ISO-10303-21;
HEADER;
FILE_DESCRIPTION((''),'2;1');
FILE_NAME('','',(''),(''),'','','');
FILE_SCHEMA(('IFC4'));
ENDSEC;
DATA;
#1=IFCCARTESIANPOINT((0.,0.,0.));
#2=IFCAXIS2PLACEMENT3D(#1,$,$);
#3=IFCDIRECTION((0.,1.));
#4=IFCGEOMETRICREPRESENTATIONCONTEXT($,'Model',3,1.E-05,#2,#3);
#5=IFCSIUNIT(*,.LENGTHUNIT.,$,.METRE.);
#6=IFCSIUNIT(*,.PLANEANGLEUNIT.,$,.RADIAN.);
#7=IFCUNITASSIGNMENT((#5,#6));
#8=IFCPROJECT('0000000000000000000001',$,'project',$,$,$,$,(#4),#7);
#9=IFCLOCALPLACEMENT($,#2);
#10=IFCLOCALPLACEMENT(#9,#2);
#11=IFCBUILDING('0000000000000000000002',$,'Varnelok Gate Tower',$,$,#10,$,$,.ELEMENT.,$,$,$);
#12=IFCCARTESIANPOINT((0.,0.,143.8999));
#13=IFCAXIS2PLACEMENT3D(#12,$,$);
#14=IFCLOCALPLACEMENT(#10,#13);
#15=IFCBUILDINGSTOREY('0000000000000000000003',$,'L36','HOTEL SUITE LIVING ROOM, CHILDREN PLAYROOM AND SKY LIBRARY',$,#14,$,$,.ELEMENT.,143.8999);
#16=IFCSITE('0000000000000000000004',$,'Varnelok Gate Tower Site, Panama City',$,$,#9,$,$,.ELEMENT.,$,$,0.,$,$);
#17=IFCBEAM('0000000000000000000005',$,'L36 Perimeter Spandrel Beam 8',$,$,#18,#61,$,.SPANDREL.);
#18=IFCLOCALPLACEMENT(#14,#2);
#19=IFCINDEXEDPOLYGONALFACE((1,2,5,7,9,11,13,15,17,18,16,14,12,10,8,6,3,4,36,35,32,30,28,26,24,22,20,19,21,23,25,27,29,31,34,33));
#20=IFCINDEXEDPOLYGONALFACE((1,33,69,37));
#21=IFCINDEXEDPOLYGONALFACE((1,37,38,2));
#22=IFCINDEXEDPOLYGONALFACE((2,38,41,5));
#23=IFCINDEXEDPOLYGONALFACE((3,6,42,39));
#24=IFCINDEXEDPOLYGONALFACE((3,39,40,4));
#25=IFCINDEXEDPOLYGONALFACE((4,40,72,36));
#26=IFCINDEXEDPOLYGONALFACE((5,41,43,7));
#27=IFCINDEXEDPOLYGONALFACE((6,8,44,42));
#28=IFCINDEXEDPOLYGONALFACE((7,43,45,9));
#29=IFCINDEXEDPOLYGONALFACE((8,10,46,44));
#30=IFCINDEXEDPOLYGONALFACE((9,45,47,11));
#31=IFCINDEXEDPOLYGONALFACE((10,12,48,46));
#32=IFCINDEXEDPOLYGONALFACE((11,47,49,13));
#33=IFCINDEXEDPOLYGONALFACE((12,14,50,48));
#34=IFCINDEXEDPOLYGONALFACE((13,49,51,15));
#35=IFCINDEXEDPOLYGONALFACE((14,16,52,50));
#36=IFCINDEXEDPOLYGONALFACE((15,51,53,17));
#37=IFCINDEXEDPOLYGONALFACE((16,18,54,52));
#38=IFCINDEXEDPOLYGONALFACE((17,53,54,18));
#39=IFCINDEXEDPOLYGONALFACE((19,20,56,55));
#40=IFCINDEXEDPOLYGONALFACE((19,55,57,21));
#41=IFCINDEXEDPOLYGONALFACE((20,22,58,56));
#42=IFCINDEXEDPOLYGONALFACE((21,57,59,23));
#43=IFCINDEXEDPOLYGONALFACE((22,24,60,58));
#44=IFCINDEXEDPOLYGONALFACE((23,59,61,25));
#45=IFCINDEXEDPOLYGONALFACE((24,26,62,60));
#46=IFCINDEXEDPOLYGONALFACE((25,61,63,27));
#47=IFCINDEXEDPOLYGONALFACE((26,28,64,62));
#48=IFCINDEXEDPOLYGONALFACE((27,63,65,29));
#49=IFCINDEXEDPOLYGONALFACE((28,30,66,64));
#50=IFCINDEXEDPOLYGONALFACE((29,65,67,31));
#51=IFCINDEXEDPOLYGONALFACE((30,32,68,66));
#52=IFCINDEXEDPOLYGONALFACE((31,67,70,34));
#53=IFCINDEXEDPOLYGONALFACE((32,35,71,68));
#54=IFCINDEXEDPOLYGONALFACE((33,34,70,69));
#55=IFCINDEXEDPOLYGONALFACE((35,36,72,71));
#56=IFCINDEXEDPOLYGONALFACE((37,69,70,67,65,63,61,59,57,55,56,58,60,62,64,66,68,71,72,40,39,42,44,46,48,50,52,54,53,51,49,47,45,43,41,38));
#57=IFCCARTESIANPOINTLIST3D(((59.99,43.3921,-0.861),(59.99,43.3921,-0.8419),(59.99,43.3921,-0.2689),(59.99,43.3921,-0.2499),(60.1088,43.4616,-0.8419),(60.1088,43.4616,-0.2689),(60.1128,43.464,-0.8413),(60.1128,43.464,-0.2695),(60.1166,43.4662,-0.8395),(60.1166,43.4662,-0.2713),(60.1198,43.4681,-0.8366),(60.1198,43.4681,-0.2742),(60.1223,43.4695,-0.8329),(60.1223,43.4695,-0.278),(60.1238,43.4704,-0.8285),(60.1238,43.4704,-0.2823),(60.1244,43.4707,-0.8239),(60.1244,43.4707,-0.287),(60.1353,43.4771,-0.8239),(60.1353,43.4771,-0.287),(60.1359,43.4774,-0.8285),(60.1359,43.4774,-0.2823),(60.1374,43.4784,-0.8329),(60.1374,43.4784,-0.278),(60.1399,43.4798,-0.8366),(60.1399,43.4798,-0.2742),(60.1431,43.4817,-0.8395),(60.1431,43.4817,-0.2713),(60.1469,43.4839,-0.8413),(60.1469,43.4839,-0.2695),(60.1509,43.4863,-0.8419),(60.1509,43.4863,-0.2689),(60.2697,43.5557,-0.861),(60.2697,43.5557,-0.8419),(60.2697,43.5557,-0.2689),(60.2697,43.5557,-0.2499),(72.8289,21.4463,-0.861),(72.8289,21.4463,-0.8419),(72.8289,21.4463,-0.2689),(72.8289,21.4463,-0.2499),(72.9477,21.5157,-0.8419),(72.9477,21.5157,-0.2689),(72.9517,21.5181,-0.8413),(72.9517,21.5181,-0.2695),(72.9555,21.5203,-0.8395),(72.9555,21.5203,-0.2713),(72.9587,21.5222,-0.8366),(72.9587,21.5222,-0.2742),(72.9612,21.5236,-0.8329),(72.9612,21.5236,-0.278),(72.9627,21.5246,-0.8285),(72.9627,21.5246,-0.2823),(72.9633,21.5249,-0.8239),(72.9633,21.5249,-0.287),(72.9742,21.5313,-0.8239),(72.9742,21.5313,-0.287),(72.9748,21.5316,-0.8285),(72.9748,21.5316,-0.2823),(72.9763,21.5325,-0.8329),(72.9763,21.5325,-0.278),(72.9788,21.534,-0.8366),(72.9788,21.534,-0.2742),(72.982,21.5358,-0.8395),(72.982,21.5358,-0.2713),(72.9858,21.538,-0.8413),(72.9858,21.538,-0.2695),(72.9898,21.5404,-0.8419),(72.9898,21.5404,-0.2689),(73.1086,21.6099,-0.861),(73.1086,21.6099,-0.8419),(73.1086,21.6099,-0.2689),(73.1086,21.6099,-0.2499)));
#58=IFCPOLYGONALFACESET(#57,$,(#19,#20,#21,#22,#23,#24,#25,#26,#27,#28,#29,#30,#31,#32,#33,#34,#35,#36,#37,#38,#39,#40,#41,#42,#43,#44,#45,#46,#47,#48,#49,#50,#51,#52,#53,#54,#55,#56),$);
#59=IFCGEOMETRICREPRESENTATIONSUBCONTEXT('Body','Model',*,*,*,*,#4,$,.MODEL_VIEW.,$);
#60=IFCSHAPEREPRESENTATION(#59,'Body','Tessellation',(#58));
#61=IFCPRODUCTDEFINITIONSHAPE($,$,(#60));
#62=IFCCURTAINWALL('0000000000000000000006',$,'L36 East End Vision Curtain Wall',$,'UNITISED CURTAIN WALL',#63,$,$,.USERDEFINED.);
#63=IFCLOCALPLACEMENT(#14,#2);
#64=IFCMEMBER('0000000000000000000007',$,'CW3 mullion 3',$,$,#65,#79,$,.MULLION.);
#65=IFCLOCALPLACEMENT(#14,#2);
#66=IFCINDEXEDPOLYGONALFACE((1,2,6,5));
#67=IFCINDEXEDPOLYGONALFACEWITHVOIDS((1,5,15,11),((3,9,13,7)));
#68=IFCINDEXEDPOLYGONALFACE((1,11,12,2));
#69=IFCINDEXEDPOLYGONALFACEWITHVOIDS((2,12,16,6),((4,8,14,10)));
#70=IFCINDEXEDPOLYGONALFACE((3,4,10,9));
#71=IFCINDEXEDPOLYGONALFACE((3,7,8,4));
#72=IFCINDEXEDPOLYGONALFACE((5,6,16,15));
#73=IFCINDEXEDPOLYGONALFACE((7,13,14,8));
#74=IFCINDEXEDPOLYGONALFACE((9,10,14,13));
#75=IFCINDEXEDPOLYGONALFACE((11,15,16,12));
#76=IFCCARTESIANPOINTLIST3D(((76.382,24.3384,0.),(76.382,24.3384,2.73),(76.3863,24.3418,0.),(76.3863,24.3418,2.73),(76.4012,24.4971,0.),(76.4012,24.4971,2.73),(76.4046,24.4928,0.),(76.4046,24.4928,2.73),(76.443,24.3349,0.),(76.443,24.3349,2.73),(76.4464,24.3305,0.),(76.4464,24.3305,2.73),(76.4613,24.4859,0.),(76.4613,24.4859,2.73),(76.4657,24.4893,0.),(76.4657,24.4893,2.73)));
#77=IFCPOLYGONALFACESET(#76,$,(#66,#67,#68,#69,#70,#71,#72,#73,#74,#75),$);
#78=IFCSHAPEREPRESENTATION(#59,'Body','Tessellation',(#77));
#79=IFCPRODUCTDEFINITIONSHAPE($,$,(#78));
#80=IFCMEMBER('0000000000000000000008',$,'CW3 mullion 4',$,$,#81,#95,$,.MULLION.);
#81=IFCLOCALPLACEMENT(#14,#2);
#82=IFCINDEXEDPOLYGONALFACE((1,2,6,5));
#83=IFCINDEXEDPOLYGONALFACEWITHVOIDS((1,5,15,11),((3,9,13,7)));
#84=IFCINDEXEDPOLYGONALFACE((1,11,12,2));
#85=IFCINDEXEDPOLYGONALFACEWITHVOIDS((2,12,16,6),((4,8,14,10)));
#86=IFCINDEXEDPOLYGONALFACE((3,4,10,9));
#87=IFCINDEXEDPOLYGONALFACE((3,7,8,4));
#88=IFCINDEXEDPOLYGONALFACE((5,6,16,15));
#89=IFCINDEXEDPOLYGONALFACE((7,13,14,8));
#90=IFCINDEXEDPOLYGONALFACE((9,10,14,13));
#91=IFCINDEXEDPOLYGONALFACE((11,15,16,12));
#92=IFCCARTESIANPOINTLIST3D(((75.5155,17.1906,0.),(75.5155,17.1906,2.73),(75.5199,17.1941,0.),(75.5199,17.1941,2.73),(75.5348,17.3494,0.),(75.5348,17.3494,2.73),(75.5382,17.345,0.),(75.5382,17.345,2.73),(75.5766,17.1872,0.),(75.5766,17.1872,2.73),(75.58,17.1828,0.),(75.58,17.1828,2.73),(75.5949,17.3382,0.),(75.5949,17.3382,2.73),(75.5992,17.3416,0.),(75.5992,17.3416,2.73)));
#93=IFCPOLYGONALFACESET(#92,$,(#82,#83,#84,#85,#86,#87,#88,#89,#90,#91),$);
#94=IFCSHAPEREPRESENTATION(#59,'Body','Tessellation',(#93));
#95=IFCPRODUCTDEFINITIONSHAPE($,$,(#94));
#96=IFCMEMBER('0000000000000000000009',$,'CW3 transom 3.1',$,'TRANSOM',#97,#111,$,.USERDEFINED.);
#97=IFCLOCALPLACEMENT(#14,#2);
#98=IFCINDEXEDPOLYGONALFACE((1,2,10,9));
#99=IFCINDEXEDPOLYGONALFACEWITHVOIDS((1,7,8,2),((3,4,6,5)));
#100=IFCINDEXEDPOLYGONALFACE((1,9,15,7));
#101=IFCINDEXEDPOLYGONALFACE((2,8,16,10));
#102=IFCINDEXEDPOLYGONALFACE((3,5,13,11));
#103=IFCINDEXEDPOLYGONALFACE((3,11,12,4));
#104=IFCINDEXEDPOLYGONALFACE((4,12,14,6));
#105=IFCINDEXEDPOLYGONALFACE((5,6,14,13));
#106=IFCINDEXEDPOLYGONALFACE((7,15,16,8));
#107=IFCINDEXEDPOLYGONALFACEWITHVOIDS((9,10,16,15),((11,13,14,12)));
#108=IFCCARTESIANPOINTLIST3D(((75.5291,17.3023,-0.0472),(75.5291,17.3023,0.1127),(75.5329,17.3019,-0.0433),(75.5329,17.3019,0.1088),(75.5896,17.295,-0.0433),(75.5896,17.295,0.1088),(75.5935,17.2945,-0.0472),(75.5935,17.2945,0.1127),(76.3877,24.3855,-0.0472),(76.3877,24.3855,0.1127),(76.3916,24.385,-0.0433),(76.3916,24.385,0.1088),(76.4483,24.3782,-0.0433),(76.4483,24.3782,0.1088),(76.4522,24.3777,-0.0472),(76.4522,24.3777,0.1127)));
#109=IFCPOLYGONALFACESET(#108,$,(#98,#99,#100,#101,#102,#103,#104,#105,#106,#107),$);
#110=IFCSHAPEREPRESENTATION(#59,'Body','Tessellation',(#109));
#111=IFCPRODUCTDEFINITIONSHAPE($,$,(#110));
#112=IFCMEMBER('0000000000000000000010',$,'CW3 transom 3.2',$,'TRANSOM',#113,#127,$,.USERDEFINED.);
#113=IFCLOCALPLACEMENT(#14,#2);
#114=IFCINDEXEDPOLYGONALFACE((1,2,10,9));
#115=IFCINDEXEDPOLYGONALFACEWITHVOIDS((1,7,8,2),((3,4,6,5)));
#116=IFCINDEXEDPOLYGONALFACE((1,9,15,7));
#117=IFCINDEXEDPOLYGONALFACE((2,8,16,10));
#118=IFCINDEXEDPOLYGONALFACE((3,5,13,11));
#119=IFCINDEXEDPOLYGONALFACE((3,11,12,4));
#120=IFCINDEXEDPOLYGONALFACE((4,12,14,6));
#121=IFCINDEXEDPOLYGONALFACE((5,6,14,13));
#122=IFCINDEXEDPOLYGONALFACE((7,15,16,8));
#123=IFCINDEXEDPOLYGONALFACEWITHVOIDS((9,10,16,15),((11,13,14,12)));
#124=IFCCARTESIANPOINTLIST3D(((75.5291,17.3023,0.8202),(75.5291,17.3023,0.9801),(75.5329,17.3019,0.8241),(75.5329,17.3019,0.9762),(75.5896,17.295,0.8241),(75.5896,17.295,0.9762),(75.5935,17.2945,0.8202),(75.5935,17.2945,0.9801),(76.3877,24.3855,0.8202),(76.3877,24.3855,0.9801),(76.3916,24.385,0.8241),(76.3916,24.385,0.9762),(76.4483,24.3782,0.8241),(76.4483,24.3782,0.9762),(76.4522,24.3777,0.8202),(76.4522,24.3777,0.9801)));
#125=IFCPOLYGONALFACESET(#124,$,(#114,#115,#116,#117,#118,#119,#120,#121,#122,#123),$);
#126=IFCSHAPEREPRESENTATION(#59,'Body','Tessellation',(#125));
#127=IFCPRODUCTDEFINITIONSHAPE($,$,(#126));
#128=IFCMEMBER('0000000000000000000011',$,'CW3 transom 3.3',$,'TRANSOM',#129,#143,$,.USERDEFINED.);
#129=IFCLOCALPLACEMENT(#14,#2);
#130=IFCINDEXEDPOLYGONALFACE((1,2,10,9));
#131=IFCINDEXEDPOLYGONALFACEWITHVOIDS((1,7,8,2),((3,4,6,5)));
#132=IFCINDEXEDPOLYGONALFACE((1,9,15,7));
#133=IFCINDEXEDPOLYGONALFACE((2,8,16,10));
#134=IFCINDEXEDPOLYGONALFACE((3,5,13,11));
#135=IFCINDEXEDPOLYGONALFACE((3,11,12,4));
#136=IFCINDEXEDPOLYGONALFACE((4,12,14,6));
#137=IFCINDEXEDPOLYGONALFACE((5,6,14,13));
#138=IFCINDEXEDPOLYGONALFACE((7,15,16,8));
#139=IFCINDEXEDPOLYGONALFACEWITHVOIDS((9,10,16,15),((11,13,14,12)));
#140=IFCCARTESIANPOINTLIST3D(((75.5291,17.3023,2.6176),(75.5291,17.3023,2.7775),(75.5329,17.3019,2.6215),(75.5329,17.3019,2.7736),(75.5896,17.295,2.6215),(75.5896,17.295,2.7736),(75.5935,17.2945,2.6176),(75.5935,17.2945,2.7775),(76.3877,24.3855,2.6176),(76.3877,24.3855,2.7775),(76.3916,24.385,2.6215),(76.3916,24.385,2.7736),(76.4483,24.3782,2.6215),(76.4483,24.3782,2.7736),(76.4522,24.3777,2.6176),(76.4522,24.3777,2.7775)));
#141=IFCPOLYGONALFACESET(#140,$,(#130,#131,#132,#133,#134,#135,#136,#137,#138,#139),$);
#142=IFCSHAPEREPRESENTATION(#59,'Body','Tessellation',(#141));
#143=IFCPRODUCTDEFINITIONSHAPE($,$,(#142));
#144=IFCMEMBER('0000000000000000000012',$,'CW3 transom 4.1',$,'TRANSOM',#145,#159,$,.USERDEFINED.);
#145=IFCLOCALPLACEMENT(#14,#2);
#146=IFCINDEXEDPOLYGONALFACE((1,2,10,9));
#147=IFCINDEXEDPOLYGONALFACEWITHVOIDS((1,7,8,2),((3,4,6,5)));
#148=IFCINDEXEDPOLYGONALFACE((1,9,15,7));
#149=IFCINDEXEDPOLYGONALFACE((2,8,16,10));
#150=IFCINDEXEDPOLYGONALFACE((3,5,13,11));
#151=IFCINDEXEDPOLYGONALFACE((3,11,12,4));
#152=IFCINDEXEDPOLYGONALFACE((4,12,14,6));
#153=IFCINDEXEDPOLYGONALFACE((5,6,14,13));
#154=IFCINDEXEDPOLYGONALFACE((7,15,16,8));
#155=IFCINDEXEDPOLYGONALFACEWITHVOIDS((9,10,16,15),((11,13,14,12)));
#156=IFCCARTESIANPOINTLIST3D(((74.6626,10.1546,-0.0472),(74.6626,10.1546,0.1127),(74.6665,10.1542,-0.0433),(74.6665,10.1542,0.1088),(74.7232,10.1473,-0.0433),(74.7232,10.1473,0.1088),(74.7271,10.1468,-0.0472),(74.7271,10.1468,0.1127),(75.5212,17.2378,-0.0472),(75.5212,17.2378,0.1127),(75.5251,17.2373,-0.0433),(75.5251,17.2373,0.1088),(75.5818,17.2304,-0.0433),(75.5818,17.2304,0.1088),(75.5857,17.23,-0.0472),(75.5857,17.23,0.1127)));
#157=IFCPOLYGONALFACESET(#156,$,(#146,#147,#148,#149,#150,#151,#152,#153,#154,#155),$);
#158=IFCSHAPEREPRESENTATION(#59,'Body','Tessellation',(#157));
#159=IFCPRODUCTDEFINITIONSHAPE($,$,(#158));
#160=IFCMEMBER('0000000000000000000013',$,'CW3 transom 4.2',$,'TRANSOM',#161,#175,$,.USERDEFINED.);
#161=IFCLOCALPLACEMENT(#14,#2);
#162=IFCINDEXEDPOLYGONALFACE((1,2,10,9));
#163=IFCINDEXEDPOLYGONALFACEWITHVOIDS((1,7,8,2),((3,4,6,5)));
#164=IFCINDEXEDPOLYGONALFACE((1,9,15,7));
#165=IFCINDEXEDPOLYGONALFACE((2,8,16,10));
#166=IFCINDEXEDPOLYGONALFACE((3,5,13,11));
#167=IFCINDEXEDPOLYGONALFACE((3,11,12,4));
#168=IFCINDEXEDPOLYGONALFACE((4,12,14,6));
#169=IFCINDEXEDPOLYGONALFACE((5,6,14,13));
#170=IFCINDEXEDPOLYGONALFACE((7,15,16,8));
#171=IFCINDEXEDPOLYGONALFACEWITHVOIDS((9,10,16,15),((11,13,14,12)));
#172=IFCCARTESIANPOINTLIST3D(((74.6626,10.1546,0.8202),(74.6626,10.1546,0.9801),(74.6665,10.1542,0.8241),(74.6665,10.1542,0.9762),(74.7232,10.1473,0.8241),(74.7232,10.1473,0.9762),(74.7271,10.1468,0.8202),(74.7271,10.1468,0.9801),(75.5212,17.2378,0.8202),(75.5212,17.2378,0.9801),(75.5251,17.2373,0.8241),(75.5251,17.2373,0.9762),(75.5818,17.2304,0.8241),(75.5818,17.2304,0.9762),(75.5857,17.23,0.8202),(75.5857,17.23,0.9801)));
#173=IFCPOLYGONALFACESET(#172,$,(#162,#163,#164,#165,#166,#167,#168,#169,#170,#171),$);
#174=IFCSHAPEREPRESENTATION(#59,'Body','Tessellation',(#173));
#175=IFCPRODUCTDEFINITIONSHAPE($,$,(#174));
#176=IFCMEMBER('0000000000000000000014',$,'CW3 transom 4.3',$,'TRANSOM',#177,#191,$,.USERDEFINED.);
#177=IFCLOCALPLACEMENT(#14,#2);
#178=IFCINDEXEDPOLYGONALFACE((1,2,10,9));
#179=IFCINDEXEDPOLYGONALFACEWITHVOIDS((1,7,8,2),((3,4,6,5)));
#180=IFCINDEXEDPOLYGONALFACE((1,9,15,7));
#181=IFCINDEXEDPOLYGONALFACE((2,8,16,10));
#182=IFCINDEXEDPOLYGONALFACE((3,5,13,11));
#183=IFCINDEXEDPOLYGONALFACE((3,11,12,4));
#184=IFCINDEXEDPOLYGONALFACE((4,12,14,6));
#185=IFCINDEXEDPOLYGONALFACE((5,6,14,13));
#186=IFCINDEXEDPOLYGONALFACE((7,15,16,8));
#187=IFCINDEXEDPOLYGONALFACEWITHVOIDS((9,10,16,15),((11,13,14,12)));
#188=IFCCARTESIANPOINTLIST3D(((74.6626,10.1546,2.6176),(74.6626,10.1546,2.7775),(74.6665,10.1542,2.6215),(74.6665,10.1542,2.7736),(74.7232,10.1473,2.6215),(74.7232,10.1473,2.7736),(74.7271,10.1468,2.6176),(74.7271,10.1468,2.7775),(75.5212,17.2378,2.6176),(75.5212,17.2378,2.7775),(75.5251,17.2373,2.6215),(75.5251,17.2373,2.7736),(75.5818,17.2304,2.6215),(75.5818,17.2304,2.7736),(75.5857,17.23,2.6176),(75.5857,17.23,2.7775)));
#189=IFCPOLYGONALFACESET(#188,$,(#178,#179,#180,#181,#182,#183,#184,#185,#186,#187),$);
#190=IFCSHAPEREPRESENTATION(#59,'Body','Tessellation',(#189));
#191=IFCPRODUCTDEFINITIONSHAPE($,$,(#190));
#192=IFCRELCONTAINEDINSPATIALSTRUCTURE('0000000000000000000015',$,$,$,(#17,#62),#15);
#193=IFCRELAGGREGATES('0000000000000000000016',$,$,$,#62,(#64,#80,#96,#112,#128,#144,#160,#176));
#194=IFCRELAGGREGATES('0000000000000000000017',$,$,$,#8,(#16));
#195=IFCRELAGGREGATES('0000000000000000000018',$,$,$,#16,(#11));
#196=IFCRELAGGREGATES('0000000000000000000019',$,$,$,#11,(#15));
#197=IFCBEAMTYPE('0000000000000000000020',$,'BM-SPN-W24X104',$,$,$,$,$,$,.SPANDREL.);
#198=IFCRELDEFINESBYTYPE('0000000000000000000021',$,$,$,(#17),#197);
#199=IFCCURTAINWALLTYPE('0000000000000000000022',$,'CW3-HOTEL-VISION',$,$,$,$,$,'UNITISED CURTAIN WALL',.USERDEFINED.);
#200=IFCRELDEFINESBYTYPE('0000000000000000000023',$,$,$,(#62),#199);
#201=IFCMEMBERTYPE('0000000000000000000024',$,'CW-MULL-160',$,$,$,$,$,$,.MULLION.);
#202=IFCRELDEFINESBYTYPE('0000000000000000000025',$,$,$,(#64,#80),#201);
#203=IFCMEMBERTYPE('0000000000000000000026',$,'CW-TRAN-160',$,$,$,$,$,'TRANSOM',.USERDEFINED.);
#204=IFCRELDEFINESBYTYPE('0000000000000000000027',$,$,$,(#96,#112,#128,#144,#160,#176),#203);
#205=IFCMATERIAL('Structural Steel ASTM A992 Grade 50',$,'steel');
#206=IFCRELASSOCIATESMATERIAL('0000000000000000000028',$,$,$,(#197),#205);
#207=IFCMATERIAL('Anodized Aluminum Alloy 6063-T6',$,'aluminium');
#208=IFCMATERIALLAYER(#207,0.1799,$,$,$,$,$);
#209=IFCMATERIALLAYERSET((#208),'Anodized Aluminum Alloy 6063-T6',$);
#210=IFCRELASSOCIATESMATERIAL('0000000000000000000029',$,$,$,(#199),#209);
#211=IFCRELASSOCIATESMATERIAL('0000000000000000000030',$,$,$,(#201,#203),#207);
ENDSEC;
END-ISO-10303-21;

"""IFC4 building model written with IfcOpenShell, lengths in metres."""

from ifc_helpers import new_model, si_unit, direction, frame, origin, origin_2d, place, context, subcontext, project, spatial, hollow_rectangle, i_section, extrude, material, layer, layer_set, material_profile, profile_set, type_object, element, aggregate, save


model = new_model("IFC4")

# Units and contexts
model_context = context("Model", 3, precision=1e-05, world=origin(), true_north=direction((0.0, 1.0)))
body_context = subcontext(model_context, "Body", "Model", "MODEL_VIEW")
ifc_project = project(units=[si_unit("LENGTHUNIT", "METRE"), si_unit("PLANEANGLEUNIT", "RADIAN")], contexts=[model_context])

# Site, building, storey
site_placement = place(None, origin())
site = spatial("IfcSite", under=ifc_project, at=site_placement, Name="Varnelok Gate Tower Site, Panama City", CompositionType="ELEMENT", RefElevation=0.0)
building_placement = place(site_placement, origin())
building = spatial("IfcBuilding", under=site, at=building_placement, Name="Varnelok Gate Tower", CompositionType="ELEMENT")
storey_placement = place(building_placement, frame((0.0, 0.0, 143.8999)))
storey = spatial("IfcBuildingStorey", under=building, at=storey_placement, Name="L36", Description="HOTEL SUITE LIVING ROOM, CHILDREN PLAYROOM AND SKY LIBRARY", CompositionType="ELEMENT", Elevation=143.8999)

# Shared definitions
ifc_material_1 = material(Name="Structural Steel ASTM A992 Grade 50", Category="steel")

# Beam
ifc_material_profile_1 = material_profile(ifc_material_1, i_section(OverallWidth=0.324, OverallDepth=0.6111, WebThickness=0.0127, FlangeThickness=0.019, FilletRadius=0.0181, at=origin_2d()), Name="W24X104")
ifc_profile_set_1 = profile_set([ifc_material_profile_1], Name="Structural Steel ASTM A992 Grade 50")
beam_type_1 = type_object("IfcBeamType", Name="BM-SPN-W24X104", PredefinedType="SPANDREL", material=ifc_profile_set_1)
beam_1_placement = place(storey_placement, frame((72.9688, 21.5281, -0.5554), z_axis=(-0.504961, 0.863142, 0.0), x_axis=(-0.863142, -0.504961, 0.0)))
element("IfcBeam", 1, at=beam_1_placement, inside=storey, type_object=beam_type_1, Name="L36 Perimeter Spandrel Beam 8", PredefinedType="SPANDREL", context=body_context, shape_type="SweptSolid", body=[
    extrude(i_section(OverallWidth=0.324, OverallDepth=0.6111, WebThickness=0.0127, FlangeThickness=0.019, FilletRadius=0.0181, at=origin_2d()), origin(), (0.0, 0.0, 1.0), 25.4255),
])

# Curtain wall, members
ifc_material_2 = material(Name="Anodized Aluminum Alloy 6063-T6", Category="aluminium")
ifc_layer_1 = layer(ifc_material_2, 0.1799)
ifc_layer_set_1 = layer_set([ifc_layer_1], Name="Anodized Aluminum Alloy 6063-T6")
curtain_wall_type = type_object("IfcCurtainWallType", Name="CW3-HOTEL-VISION", ElementType="UNITISED CURTAIN WALL", PredefinedType="USERDEFINED", material=ifc_layer_set_1)
curtain_wall_placement = place(storey_placement, origin())
curtain_wall = element("IfcCurtainWall", 2, at=curtain_wall_placement, inside=storey, type_object=curtain_wall_type, Name="L36 East End Vision Curtain Wall", ObjectType="UNITISED CURTAIN WALL", PredefinedType="USERDEFINED")
ifc_material_profile_2 = material_profile(ifc_material_2, hollow_rectangle(XDim=0.0649, YDim=0.1599, WallThickness=0.0039, at=origin_2d()), Name="ALU160X65X4")
ifc_profile_set_2 = profile_set([ifc_material_profile_2], Name="Anodized Aluminum Alloy 6063-T6")
member_type_1 = type_object("IfcMemberType", Name="CW-MULL-160", PredefinedType="MULLION", material=ifc_profile_set_2)
member_1_placement = place(storey_placement, frame((76.4238, 24.4138, 0.0), z_axis=(0.0, 0.0, 1.0), x_axis=(0.992732, -0.120347, 0.0)))
member_1 = element("IfcMember", 3, at=member_1_placement, type_object=member_type_1, Name="CW3 mullion 3", PredefinedType="MULLION", context=body_context, shape_type="SweptSolid", body=[
    extrude(hollow_rectangle(XDim=0.0649, YDim=0.1599, WallThickness=0.0039, at=origin_2d()), origin(), (0.0, 0.0, 1.0), 2.73),
])
member_2_placement = place(storey_placement, frame((75.5574, 17.2661, 0.0), z_axis=(0.0, 0.0, 1.0), x_axis=(0.992732, -0.120347, 0.0)))
member_2 = element("IfcMember", 4, at=member_2_placement, type_object=member_type_1, Name="CW3 mullion 4", PredefinedType="MULLION", context=body_context, shape_type="SweptSolid", body=[
    extrude(hollow_rectangle(XDim=0.0649, YDim=0.1599, WallThickness=0.0039, at=origin_2d()), origin(), (0.0, 0.0, 1.0), 2.73),
])
ifc_material_profile_3 = material_profile(ifc_material_2, hollow_rectangle(XDim=0.0649, YDim=0.1599, WallThickness=0.0039, at=origin_2d()), Name="ALU160X65X4")
ifc_profile_set_3 = profile_set([ifc_material_profile_3], Name="Anodized Aluminum Alloy 6063-T6")
member_type_2 = type_object("IfcMemberType", Name="CW-TRAN-160", ElementType="TRANSOM", PredefinedType="USERDEFINED", material=ifc_profile_set_3)
member_3_placement = place(storey_placement, frame((76.4199, 24.3816, 0.0327), z_axis=(-0.120341, -0.992733, 0.0), x_axis=(0.992733, -0.120341, 0.0)))
member_3 = element("IfcMember", 5, at=member_3_placement, type_object=member_type_2, Name="CW3 transom 3.1", ObjectType="TRANSOM", PredefinedType="USERDEFINED", context=body_context, shape_type="SweptSolid", body=[
    extrude(hollow_rectangle(XDim=0.0649, YDim=0.1599, WallThickness=0.0039, at=origin_2d()), origin(), (0.0, 0.0, 1.0), 7.135),
])
member_4_placement = place(storey_placement, frame((76.4199, 24.3816, 0.9001), z_axis=(-0.120341, -0.992733, 0.0), x_axis=(0.992733, -0.120341, 0.0)))
member_4 = element("IfcMember", 6, at=member_4_placement, type_object=member_type_2, Name="CW3 transom 3.2", ObjectType="TRANSOM", PredefinedType="USERDEFINED", context=body_context, shape_type="SweptSolid", body=[
    extrude(hollow_rectangle(XDim=0.0649, YDim=0.1599, WallThickness=0.0039, at=origin_2d()), origin(), (0.0, 0.0, 1.0), 7.135),
])
member_5_placement = place(storey_placement, frame((76.4199, 24.3816, 2.6975), z_axis=(-0.120341, -0.992733, 0.0), x_axis=(0.992733, -0.120341, 0.0)))
member_5 = element("IfcMember", 7, at=member_5_placement, type_object=member_type_2, Name="CW3 transom 3.3", ObjectType="TRANSOM", PredefinedType="USERDEFINED", context=body_context, shape_type="SweptSolid", body=[
    extrude(hollow_rectangle(XDim=0.0649, YDim=0.1599, WallThickness=0.0039, at=origin_2d()), origin(), (0.0, 0.0, 1.0), 7.135),
])
member_6_placement = place(storey_placement, frame((75.5535, 17.2339, 0.0327), z_axis=(-0.120341, -0.992733, 0.0), x_axis=(0.992733, -0.120341, 0.0)))
member_6 = element("IfcMember", 8, at=member_6_placement, type_object=member_type_2, Name="CW3 transom 4.1", ObjectType="TRANSOM", PredefinedType="USERDEFINED", context=body_context, shape_type="SweptSolid", body=[
    extrude(hollow_rectangle(XDim=0.0649, YDim=0.1599, WallThickness=0.0039, at=origin_2d()), origin(), (0.0, 0.0, 1.0), 7.135),
])
member_7_placement = place(storey_placement, frame((75.5535, 17.2339, 0.9001), z_axis=(-0.120341, -0.992733, 0.0), x_axis=(0.992733, -0.120341, 0.0)))
member_7 = element("IfcMember", 9, at=member_7_placement, type_object=member_type_2, Name="CW3 transom 4.2", ObjectType="TRANSOM", PredefinedType="USERDEFINED", context=body_context, shape_type="SweptSolid", body=[
    extrude(hollow_rectangle(XDim=0.0649, YDim=0.1599, WallThickness=0.0039, at=origin_2d()), origin(), (0.0, 0.0, 1.0), 7.135),
])
member_8_placement = place(storey_placement, frame((75.5535, 17.2339, 2.6975), z_axis=(-0.120341, -0.992733, 0.0), x_axis=(0.992733, -0.120341, 0.0)))
member_8 = element("IfcMember", 10, at=member_8_placement, type_object=member_type_2, Name="CW3 transom 4.3", ObjectType="TRANSOM", PredefinedType="USERDEFINED", context=body_context, shape_type="SweptSolid", body=[
    extrude(hollow_rectangle(XDim=0.0649, YDim=0.1599, WallThickness=0.0039, at=origin_2d()), origin(), (0.0, 0.0, 1.0), 7.135),
])
aggregate(curtain_wall, [member_1, member_2, member_3, member_4, member_5, member_6, member_7, member_8])

save(model, "model.ifc")
